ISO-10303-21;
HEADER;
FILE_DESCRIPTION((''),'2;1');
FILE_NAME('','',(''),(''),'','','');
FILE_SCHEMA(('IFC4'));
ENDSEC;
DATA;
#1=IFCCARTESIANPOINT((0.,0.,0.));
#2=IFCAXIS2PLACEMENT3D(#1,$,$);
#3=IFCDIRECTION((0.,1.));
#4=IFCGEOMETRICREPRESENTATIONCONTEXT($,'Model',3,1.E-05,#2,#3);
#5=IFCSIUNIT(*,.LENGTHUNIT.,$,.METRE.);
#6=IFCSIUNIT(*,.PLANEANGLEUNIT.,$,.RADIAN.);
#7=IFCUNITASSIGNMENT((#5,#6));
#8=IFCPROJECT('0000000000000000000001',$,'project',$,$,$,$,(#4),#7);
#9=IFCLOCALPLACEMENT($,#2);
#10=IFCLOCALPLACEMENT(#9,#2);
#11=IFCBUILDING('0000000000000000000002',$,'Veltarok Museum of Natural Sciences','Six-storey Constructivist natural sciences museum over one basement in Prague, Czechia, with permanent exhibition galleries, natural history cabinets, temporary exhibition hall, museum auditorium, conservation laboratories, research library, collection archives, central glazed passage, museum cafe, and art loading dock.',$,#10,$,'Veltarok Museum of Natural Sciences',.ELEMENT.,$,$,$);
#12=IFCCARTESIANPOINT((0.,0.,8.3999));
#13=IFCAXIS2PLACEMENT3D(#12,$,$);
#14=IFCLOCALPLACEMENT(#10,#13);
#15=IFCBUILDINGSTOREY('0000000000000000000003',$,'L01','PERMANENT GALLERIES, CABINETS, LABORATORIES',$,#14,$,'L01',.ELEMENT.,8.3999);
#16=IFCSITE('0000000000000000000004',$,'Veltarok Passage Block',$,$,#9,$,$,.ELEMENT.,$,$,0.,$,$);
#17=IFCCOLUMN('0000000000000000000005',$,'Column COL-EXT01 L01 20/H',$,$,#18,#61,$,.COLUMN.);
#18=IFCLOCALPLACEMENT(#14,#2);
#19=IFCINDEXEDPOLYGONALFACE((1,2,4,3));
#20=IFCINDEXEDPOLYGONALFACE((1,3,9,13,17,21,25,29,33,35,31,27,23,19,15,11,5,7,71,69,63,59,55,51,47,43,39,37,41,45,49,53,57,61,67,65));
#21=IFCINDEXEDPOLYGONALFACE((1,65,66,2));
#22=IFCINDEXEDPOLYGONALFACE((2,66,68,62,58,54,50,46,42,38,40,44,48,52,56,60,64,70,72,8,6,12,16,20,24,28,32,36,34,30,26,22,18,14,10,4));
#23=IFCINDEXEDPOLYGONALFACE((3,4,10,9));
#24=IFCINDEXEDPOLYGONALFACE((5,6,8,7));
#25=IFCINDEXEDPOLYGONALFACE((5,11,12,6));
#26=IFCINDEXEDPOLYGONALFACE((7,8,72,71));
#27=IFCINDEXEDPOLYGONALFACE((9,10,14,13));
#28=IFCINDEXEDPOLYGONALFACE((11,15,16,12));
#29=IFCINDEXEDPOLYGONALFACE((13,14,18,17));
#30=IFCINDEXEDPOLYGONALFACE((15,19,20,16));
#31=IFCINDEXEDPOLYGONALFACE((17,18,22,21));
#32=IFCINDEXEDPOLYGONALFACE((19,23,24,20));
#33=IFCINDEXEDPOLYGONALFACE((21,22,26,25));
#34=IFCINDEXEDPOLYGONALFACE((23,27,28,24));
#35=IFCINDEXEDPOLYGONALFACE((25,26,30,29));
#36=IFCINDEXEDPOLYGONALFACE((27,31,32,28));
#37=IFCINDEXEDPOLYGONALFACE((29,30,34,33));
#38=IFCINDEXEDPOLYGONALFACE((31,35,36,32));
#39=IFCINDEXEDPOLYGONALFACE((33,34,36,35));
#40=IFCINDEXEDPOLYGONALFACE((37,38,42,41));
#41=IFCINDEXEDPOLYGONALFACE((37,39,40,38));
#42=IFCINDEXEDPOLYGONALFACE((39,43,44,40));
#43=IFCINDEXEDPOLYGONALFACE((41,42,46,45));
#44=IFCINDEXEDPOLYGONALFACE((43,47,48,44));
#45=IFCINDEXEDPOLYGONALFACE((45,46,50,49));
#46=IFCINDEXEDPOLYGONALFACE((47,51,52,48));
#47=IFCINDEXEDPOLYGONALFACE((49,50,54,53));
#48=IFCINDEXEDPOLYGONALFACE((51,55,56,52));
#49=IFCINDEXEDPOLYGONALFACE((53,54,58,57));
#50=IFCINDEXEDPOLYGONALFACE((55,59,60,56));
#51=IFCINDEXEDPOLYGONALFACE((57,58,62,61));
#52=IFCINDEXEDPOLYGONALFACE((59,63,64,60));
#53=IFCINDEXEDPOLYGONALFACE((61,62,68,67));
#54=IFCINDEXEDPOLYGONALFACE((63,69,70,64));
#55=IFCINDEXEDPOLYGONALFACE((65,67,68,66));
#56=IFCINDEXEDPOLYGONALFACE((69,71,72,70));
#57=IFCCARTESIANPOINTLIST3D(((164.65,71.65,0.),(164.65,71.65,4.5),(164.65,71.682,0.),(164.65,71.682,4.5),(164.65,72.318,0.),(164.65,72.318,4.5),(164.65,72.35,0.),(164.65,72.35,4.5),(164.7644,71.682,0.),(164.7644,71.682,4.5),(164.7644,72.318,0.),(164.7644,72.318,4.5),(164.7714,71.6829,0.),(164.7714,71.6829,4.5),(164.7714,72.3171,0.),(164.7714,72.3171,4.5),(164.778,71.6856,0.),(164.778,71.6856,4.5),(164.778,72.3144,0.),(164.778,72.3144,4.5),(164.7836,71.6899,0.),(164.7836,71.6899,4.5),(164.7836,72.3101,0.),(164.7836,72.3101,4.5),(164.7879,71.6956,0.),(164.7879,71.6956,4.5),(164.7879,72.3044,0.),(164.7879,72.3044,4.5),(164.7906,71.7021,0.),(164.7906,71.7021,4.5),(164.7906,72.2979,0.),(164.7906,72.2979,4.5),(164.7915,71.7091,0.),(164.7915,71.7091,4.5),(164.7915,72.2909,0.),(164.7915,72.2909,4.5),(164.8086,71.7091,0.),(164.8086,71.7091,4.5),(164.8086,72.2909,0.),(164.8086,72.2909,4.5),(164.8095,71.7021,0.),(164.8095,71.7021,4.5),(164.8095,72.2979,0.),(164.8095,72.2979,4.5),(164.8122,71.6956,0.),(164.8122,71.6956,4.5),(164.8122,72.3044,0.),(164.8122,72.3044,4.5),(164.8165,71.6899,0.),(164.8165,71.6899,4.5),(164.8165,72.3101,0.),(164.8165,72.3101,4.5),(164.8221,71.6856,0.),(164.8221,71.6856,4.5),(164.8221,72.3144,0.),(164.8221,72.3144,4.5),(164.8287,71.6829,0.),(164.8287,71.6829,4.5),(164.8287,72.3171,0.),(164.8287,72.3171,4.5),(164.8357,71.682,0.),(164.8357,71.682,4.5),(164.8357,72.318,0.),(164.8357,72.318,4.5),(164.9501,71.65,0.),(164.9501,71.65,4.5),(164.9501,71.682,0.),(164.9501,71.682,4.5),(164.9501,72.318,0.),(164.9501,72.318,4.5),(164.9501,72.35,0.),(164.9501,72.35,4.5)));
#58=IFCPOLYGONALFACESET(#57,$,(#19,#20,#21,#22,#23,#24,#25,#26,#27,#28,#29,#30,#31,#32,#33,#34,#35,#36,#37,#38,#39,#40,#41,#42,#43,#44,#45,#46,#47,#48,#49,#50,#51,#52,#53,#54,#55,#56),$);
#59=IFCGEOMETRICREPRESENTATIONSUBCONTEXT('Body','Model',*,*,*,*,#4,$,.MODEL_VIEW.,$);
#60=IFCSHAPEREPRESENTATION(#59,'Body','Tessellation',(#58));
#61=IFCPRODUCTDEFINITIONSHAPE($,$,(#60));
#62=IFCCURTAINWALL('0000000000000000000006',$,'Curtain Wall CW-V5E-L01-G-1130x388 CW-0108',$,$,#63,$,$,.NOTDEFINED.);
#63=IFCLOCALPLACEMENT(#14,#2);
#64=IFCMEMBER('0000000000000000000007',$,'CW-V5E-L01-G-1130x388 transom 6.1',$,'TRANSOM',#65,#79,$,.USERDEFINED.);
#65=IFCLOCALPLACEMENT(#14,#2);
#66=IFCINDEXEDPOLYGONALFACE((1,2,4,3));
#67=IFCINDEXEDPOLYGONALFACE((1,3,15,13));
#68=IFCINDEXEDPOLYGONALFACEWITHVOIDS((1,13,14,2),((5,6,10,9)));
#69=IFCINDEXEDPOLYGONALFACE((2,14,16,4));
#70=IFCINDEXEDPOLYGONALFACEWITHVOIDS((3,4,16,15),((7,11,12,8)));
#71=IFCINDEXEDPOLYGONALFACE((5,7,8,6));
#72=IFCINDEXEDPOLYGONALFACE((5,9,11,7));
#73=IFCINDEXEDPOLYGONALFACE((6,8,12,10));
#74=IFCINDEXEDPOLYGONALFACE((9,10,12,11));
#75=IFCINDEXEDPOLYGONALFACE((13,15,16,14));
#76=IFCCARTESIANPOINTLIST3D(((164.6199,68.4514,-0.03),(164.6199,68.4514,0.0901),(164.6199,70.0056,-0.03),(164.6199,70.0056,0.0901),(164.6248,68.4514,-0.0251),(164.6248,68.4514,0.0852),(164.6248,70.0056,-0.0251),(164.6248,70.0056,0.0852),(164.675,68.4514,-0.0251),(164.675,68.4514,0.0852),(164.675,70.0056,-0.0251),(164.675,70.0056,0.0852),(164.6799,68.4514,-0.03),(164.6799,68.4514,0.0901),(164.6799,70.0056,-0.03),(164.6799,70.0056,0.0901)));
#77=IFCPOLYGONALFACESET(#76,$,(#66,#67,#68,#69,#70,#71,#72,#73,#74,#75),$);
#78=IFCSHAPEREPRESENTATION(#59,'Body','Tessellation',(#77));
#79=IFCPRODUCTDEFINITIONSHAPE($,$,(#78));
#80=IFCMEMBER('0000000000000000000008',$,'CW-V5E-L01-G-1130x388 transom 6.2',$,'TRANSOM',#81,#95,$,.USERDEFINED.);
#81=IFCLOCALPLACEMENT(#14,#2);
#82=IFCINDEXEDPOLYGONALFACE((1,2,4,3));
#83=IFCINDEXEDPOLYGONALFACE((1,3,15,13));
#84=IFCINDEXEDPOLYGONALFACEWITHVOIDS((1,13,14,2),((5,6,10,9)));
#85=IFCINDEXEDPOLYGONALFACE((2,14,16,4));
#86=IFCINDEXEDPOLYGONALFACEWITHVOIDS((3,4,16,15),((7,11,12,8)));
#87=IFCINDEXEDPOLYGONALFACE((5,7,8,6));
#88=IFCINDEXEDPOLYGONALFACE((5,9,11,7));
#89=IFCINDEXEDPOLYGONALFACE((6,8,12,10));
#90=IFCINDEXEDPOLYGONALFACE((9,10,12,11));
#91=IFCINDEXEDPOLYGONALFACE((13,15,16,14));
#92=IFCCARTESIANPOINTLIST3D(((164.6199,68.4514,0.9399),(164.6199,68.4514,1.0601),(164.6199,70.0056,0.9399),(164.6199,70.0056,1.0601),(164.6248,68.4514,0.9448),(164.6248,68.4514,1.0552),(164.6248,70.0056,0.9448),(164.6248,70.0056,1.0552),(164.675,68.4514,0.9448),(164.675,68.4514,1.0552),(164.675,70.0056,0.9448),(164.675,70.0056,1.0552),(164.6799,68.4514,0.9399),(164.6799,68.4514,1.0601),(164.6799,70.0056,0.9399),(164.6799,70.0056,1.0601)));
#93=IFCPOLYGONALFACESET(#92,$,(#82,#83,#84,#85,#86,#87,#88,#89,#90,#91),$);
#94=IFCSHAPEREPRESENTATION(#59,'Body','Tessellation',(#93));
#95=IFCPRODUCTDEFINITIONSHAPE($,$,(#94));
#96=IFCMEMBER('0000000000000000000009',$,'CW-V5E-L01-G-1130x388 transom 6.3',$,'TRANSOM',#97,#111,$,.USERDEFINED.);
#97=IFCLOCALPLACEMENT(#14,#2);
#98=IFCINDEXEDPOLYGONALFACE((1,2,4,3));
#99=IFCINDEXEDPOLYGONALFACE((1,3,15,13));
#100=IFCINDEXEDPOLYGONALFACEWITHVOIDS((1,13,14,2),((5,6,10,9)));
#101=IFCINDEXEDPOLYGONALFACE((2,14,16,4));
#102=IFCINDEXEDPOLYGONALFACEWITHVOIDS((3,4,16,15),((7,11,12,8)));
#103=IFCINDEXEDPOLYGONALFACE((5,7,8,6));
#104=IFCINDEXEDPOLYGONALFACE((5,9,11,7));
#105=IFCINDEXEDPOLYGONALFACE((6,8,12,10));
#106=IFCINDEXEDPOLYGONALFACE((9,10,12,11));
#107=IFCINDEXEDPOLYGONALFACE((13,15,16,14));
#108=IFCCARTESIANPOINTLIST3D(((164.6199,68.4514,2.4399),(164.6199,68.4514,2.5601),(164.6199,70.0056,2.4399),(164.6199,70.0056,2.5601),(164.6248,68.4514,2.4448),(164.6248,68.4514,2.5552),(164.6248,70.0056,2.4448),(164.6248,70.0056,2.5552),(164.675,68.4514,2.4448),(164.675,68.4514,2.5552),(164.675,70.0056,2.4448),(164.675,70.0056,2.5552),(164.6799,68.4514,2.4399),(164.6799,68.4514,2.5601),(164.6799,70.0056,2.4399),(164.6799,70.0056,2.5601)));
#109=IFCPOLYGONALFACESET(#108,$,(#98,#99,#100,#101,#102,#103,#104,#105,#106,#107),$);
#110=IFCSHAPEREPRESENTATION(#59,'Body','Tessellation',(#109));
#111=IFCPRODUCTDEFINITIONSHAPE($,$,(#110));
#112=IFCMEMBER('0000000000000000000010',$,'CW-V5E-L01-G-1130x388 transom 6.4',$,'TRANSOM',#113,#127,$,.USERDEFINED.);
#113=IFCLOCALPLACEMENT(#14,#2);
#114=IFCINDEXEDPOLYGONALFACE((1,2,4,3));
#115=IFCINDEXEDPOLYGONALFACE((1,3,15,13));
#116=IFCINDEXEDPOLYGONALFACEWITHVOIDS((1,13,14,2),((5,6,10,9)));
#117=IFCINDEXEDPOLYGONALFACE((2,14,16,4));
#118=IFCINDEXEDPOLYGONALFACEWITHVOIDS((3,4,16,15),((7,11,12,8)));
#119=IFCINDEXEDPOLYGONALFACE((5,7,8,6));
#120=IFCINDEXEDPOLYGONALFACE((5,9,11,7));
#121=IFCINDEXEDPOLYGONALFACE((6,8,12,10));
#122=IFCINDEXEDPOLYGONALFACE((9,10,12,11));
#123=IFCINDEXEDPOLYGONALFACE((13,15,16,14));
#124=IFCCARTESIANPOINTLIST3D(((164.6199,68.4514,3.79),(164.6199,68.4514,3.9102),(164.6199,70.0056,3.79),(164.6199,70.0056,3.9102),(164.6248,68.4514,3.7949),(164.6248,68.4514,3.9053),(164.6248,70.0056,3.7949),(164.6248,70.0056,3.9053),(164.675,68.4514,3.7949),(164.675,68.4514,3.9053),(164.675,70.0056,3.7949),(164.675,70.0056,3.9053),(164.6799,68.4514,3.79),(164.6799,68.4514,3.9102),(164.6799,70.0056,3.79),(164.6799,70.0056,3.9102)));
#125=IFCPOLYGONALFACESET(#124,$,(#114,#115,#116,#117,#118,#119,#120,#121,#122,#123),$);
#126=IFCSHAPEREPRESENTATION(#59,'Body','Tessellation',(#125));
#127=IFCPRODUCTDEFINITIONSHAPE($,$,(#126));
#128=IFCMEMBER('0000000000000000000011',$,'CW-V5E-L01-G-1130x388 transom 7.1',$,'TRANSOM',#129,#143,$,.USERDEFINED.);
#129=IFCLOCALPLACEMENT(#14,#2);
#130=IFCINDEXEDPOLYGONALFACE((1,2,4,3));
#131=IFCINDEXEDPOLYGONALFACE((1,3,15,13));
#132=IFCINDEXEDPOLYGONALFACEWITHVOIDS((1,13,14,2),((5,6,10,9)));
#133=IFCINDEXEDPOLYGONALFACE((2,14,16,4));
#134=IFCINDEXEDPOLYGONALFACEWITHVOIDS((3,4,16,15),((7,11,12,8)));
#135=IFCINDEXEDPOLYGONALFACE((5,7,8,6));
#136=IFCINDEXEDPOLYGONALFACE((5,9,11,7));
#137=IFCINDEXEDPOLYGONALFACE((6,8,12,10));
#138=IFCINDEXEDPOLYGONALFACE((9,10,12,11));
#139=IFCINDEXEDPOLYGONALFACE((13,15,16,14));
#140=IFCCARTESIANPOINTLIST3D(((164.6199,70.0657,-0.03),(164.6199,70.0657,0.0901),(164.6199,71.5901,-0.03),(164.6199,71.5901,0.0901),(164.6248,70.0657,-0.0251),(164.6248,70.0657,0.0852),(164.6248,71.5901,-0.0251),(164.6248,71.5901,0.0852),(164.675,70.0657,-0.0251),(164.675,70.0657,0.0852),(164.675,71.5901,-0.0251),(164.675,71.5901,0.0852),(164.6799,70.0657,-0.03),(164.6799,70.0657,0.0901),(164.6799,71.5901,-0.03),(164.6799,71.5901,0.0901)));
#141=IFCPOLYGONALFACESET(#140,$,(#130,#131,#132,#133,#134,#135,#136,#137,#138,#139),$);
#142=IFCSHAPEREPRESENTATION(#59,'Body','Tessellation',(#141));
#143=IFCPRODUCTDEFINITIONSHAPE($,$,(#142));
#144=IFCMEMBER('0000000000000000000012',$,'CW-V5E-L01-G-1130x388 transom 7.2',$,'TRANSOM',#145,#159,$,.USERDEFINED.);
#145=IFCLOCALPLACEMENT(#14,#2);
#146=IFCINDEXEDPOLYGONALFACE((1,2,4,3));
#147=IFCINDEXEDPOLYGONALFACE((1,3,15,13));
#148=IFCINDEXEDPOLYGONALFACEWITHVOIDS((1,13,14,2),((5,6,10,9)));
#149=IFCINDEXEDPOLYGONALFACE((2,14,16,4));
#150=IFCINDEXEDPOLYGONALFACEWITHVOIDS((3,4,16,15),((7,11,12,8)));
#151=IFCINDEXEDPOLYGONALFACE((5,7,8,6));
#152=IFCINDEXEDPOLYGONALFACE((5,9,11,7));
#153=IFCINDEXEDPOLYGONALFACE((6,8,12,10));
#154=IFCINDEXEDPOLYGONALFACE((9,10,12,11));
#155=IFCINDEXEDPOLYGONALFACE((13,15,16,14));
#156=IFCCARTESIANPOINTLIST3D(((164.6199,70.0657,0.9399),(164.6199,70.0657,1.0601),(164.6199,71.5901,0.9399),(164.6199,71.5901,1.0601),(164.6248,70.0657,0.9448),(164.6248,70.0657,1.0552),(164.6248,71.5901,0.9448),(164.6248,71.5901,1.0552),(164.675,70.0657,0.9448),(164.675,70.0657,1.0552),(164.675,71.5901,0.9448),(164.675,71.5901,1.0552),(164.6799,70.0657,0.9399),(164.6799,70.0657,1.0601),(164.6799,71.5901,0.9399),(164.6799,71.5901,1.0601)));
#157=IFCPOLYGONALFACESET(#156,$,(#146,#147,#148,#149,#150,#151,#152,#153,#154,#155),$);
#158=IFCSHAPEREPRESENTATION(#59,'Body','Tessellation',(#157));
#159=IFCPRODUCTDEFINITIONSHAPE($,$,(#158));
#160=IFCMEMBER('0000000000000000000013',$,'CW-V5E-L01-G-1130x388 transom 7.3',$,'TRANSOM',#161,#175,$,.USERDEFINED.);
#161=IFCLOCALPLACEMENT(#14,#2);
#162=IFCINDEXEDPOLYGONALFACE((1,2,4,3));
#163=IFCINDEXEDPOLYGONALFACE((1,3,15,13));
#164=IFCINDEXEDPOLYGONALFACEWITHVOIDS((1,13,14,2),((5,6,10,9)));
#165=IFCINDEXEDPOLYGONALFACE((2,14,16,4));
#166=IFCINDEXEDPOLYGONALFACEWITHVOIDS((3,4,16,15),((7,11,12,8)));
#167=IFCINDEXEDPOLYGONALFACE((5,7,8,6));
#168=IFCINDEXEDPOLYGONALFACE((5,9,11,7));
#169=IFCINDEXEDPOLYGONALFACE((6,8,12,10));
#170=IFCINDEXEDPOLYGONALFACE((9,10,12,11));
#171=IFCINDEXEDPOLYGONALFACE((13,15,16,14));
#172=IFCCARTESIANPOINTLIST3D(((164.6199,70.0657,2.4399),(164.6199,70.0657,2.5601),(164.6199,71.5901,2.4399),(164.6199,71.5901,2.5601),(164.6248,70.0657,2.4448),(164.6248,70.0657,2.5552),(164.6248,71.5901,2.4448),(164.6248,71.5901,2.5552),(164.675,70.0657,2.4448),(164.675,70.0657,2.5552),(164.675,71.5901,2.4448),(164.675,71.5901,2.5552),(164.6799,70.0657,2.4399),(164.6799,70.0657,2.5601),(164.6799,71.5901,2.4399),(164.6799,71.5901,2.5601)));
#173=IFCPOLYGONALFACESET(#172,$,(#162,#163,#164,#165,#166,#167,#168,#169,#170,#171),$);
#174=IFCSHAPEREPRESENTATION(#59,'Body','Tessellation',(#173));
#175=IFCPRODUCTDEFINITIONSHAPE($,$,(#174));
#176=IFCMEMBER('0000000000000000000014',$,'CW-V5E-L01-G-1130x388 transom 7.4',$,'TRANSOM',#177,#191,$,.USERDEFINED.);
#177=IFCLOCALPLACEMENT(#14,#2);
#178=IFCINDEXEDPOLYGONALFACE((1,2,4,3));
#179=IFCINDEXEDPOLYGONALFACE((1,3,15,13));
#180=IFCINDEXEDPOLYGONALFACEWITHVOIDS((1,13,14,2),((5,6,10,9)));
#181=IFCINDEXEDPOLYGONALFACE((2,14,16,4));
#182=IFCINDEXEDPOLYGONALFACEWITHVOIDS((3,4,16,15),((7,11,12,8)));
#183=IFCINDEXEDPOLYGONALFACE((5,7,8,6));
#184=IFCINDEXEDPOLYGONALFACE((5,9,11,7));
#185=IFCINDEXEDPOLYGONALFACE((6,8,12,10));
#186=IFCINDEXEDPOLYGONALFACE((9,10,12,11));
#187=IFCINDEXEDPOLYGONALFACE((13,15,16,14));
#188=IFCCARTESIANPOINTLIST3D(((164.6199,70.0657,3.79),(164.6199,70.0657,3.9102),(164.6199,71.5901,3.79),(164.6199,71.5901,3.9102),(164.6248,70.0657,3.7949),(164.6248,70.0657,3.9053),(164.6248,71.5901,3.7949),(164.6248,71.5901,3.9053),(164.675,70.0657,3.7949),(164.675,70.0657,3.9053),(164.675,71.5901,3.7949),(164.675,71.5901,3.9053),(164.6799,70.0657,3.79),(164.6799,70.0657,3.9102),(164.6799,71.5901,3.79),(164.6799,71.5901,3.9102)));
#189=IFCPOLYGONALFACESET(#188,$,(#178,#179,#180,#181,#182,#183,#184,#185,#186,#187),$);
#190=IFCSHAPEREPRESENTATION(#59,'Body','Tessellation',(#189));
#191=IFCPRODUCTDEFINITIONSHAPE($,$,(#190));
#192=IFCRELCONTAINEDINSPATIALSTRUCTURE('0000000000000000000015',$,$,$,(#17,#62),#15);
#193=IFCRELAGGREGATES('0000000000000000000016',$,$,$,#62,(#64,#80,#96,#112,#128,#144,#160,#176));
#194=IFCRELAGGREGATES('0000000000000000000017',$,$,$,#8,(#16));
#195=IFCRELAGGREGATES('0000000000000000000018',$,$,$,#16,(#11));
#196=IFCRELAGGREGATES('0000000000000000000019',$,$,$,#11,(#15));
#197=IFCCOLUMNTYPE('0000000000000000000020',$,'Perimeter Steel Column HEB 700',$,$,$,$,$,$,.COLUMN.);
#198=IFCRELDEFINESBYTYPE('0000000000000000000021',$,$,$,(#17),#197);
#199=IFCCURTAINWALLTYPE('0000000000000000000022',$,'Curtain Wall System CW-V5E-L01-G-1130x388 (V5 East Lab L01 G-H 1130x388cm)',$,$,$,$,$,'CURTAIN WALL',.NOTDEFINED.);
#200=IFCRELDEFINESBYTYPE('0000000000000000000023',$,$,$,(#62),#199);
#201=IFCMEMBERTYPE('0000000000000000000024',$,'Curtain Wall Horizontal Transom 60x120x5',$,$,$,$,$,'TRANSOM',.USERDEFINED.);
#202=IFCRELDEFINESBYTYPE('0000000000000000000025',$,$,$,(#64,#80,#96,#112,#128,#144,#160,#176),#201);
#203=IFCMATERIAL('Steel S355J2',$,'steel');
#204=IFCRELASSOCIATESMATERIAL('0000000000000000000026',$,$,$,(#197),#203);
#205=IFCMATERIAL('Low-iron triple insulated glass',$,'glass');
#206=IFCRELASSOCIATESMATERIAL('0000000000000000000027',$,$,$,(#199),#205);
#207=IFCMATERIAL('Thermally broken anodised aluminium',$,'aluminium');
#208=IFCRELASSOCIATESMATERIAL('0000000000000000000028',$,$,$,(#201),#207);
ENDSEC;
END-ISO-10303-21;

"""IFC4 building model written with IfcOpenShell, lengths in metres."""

from ifc_helpers import new_model, si_unit, direction, frame, origin, origin_2d, place, context, subcontext, project, spatial, hollow_rectangle, i_section, extrude, material, material_profile, profile_set, type_object, element, aggregate, save


model = new_model("IFC4")

# Units and contexts
model_context = context("Model", 3, precision=1e-05, world=origin(), true_north=direction((0.0, 1.0)))
body_context = subcontext(model_context, "Body", "Model", "MODEL_VIEW")
ifc_project = project(units=[si_unit("LENGTHUNIT", "METRE"), si_unit("PLANEANGLEUNIT", "RADIAN")], contexts=[model_context])

# Site, building, storey
site_placement = place(None, origin())
site = spatial("IfcSite", under=ifc_project, at=site_placement, Name="Veltarok Passage Block", CompositionType="ELEMENT", RefElevation=0.0)
building_placement = place(site_placement, origin())
building = spatial("IfcBuilding", under=site, at=building_placement, Name="Veltarok Museum of Natural Sciences", Description="Six-storey Constructivist natural sciences museum over one basement in Prague, Czechia, with permanent exhibition galleries, natural history cabinets, temporary exhibition hall, museum auditorium, conservation laboratories, research library, collection archives, central glazed passage, museum cafe, and art loading dock.", LongName="Veltarok Museum of Natural Sciences", CompositionType="ELEMENT")
storey_placement = place(building_placement, frame((0.0, 0.0, 8.3999)))
storey = spatial("IfcBuildingStorey", under=building, at=storey_placement, Name="L01", Description="PERMANENT GALLERIES, CABINETS, LABORATORIES", LongName="L01", CompositionType="ELEMENT", Elevation=8.3999)

# Column
ifc_material_1 = material(Name="Steel S355J2", Category="steel")
ifc_material_profile_1 = material_profile(ifc_material_1, i_section(OverallWidth=0.3, OverallDepth=0.7, WebThickness=0.0171, FlangeThickness=0.032, FilletRadius=0.0271, at=origin_2d()), Name="HEB 700")
ifc_profile_set_1 = profile_set([ifc_material_profile_1], Name="Steel S355J2")
column_type = type_object("IfcColumnType", Name="Perimeter Steel Column HEB 700", PredefinedType="COLUMN", material=ifc_profile_set_1)
column_placement = place(storey_placement, frame((164.8, 72.0, 0.0), z_axis=(0.0, 0.0, 1.0), x_axis=(1.0, 0.0, 0.0)))
element("IfcColumn", 1, at=column_placement, inside=storey, type_object=column_type, Name="Column COL-EXT01 L01 20/H", PredefinedType="COLUMN", context=body_context, shape_type="SweptSolid", body=[
    extrude(i_section(OverallWidth=0.3, OverallDepth=0.7, WebThickness=0.0171, FlangeThickness=0.032, FilletRadius=0.0271, at=origin_2d()), origin(), (0.0, 0.0, 1.0), 4.5),
])

# Curtain wall, members
ifc_material_2 = material(Name="Low-iron triple insulated glass", Category="glass")
curtain_wall_type_1 = type_object("IfcCurtainWallType", Name="Curtain Wall System CW-V5E-L01-G-1130x388 (V5 East Lab L01 G-H 1130x388cm)", ElementType="CURTAIN WALL", PredefinedType="NOTDEFINED", material=ifc_material_2)
curtain_wall_1_placement = place(storey_placement, origin())
curtain_wall_1 = element("IfcCurtainWall", 2, at=curtain_wall_1_placement, inside=storey, type_object=curtain_wall_type_1, Name="Curtain Wall CW-V5E-L01-G-1130x388 CW-0108", PredefinedType="NOTDEFINED")
ifc_material_3 = material(Name="Thermally broken anodised aluminium", Category="aluminium")
ifc_material_profile_2 = material_profile(ifc_material_3, hollow_rectangle(XDim=0.0601, YDim=0.1201, WallThickness=0.0049, at=origin_2d()), Name="CW TRANSOM 60x120x5")
ifc_profile_set_2 = profile_set([ifc_material_profile_2], Name="Thermally broken anodised aluminium")
member_type_1 = type_object("IfcMemberType", Name="Curtain Wall Horizontal Transom 60x120x5", ElementType="TRANSOM", PredefinedType="USERDEFINED", material=ifc_profile_set_2)
member_1_placement = place(storey_placement, frame((164.6499, 68.4514, 0.03), z_axis=(0.0, 1.0, 0.0), x_axis=(-1.0, 0.0, 0.0)))
member_1 = element("IfcMember", 3, at=member_1_placement, type_object=member_type_1, Name="CW-V5E-L01-G-1130x388 transom 6.1", ObjectType="TRANSOM", PredefinedType="USERDEFINED", context=body_context, shape_type="SweptSolid", body=[
    extrude(hollow_rectangle(XDim=0.0601, YDim=0.1201, WallThickness=0.0049, at=origin_2d()), origin(), (0.0, 0.0, 1.0), 1.5542),
])
member_2_placement = place(storey_placement, frame((164.6499, 68.4514, 1.0), z_axis=(0.0, 1.0, 0.0), x_axis=(-1.0, 0.0, 0.0)))
member_2 = element("IfcMember", 4, at=member_2_placement, type_object=member_type_1, Name="CW-V5E-L01-G-1130x388 transom 6.2", ObjectType="TRANSOM", PredefinedType="USERDEFINED", context=body_context, shape_type="SweptSolid", body=[
    extrude(hollow_rectangle(XDim=0.0601, YDim=0.1201, WallThickness=0.0049, at=origin_2d()), origin(), (0.0, 0.0, 1.0), 1.5542),
])
member_3_placement = place(storey_placement, frame((164.6499, 68.4514, 2.5), z_axis=(0.0, 1.0, 0.0), x_axis=(-1.0, 0.0, 0.0)))
member_3 = element("IfcMember", 5, at=member_3_placement, type_object=member_type_1, Name="CW-V5E-L01-G-1130x388 transom 6.3", ObjectType="TRANSOM", PredefinedType="USERDEFINED", context=body_context, shape_type="SweptSolid", body=[
    extrude(hollow_rectangle(XDim=0.0601, YDim=0.1201, WallThickness=0.0049, at=origin_2d()), origin(), (0.0, 0.0, 1.0), 1.5542),
])
member_4_placement = place(storey_placement, frame((164.6499, 68.4514, 3.8501), z_axis=(0.0, 1.0, 0.0), x_axis=(-1.0, 0.0, 0.0)))
member_4 = element("IfcMember", 6, at=member_4_placement, type_object=member_type_1, Name="CW-V5E-L01-G-1130x388 transom 6.4", ObjectType="TRANSOM", PredefinedType="USERDEFINED", context=body_context, shape_type="SweptSolid", body=[
    extrude(hollow_rectangle(XDim=0.0601, YDim=0.1201, WallThickness=0.0049, at=origin_2d()), origin(), (0.0, 0.0, 1.0), 1.5542),
])
member_5_placement = place(storey_placement, frame((164.6499, 70.0657, 0.03), z_axis=(0.0, 1.0, 0.0), x_axis=(-1.0, 0.0, 0.0)))
member_5 = element("IfcMember", 7, at=member_5_placement, type_object=member_type_1, Name="CW-V5E-L01-G-1130x388 transom 7.1", ObjectType="TRANSOM", PredefinedType="USERDEFINED", context=body_context, shape_type="SweptSolid", body=[
    extrude(hollow_rectangle(XDim=0.0601, YDim=0.1201, WallThickness=0.0049, at=origin_2d()), origin(), (0.0, 0.0, 1.0), 1.5244),
])
member_6_placement = place(storey_placement, frame((164.6499, 70.0657, 1.0), z_axis=(0.0, 1.0, 0.0), x_axis=(-1.0, 0.0, 0.0)))
member_6 = element("IfcMember", 8, at=member_6_placement, type_object=member_type_1, Name="CW-V5E-L01-G-1130x388 transom 7.2", ObjectType="TRANSOM", PredefinedType="USERDEFINED", context=body_context, shape_type="SweptSolid", body=[
    extrude(hollow_rectangle(XDim=0.0601, YDim=0.1201, WallThickness=0.0049, at=origin_2d()), origin(), (0.0, 0.0, 1.0), 1.5244),
])
member_7_placement = place(storey_placement, frame((164.6499, 70.0657, 2.5), z_axis=(0.0, 1.0, 0.0), x_axis=(-1.0, 0.0, 0.0)))
member_7 = element("IfcMember", 9, at=member_7_placement, type_object=member_type_1, Name="CW-V5E-L01-G-1130x388 transom 7.3", ObjectType="TRANSOM", PredefinedType="USERDEFINED", context=body_context, shape_type="SweptSolid", body=[
    extrude(hollow_rectangle(XDim=0.0601, YDim=0.1201, WallThickness=0.0049, at=origin_2d()), origin(), (0.0, 0.0, 1.0), 1.5244),
])
member_8_placement = place(storey_placement, frame((164.6499, 70.0657, 3.8501), z_axis=(0.0, 1.0, 0.0), x_axis=(-1.0, 0.0, 0.0)))
member_8 = element("IfcMember", 10, at=member_8_placement, type_object=member_type_1, Name="CW-V5E-L01-G-1130x388 transom 7.4", ObjectType="TRANSOM", PredefinedType="USERDEFINED", context=body_context, shape_type="SweptSolid", body=[
    extrude(hollow_rectangle(XDim=0.0601, YDim=0.1201, WallThickness=0.0049, at=origin_2d()), origin(), (0.0, 0.0, 1.0), 1.5244),
])

aggregate(curtain_wall_1, [member_1, member_2, member_3, member_4, member_5, member_6, member_7, member_8])

save(model, "model.ifc")
